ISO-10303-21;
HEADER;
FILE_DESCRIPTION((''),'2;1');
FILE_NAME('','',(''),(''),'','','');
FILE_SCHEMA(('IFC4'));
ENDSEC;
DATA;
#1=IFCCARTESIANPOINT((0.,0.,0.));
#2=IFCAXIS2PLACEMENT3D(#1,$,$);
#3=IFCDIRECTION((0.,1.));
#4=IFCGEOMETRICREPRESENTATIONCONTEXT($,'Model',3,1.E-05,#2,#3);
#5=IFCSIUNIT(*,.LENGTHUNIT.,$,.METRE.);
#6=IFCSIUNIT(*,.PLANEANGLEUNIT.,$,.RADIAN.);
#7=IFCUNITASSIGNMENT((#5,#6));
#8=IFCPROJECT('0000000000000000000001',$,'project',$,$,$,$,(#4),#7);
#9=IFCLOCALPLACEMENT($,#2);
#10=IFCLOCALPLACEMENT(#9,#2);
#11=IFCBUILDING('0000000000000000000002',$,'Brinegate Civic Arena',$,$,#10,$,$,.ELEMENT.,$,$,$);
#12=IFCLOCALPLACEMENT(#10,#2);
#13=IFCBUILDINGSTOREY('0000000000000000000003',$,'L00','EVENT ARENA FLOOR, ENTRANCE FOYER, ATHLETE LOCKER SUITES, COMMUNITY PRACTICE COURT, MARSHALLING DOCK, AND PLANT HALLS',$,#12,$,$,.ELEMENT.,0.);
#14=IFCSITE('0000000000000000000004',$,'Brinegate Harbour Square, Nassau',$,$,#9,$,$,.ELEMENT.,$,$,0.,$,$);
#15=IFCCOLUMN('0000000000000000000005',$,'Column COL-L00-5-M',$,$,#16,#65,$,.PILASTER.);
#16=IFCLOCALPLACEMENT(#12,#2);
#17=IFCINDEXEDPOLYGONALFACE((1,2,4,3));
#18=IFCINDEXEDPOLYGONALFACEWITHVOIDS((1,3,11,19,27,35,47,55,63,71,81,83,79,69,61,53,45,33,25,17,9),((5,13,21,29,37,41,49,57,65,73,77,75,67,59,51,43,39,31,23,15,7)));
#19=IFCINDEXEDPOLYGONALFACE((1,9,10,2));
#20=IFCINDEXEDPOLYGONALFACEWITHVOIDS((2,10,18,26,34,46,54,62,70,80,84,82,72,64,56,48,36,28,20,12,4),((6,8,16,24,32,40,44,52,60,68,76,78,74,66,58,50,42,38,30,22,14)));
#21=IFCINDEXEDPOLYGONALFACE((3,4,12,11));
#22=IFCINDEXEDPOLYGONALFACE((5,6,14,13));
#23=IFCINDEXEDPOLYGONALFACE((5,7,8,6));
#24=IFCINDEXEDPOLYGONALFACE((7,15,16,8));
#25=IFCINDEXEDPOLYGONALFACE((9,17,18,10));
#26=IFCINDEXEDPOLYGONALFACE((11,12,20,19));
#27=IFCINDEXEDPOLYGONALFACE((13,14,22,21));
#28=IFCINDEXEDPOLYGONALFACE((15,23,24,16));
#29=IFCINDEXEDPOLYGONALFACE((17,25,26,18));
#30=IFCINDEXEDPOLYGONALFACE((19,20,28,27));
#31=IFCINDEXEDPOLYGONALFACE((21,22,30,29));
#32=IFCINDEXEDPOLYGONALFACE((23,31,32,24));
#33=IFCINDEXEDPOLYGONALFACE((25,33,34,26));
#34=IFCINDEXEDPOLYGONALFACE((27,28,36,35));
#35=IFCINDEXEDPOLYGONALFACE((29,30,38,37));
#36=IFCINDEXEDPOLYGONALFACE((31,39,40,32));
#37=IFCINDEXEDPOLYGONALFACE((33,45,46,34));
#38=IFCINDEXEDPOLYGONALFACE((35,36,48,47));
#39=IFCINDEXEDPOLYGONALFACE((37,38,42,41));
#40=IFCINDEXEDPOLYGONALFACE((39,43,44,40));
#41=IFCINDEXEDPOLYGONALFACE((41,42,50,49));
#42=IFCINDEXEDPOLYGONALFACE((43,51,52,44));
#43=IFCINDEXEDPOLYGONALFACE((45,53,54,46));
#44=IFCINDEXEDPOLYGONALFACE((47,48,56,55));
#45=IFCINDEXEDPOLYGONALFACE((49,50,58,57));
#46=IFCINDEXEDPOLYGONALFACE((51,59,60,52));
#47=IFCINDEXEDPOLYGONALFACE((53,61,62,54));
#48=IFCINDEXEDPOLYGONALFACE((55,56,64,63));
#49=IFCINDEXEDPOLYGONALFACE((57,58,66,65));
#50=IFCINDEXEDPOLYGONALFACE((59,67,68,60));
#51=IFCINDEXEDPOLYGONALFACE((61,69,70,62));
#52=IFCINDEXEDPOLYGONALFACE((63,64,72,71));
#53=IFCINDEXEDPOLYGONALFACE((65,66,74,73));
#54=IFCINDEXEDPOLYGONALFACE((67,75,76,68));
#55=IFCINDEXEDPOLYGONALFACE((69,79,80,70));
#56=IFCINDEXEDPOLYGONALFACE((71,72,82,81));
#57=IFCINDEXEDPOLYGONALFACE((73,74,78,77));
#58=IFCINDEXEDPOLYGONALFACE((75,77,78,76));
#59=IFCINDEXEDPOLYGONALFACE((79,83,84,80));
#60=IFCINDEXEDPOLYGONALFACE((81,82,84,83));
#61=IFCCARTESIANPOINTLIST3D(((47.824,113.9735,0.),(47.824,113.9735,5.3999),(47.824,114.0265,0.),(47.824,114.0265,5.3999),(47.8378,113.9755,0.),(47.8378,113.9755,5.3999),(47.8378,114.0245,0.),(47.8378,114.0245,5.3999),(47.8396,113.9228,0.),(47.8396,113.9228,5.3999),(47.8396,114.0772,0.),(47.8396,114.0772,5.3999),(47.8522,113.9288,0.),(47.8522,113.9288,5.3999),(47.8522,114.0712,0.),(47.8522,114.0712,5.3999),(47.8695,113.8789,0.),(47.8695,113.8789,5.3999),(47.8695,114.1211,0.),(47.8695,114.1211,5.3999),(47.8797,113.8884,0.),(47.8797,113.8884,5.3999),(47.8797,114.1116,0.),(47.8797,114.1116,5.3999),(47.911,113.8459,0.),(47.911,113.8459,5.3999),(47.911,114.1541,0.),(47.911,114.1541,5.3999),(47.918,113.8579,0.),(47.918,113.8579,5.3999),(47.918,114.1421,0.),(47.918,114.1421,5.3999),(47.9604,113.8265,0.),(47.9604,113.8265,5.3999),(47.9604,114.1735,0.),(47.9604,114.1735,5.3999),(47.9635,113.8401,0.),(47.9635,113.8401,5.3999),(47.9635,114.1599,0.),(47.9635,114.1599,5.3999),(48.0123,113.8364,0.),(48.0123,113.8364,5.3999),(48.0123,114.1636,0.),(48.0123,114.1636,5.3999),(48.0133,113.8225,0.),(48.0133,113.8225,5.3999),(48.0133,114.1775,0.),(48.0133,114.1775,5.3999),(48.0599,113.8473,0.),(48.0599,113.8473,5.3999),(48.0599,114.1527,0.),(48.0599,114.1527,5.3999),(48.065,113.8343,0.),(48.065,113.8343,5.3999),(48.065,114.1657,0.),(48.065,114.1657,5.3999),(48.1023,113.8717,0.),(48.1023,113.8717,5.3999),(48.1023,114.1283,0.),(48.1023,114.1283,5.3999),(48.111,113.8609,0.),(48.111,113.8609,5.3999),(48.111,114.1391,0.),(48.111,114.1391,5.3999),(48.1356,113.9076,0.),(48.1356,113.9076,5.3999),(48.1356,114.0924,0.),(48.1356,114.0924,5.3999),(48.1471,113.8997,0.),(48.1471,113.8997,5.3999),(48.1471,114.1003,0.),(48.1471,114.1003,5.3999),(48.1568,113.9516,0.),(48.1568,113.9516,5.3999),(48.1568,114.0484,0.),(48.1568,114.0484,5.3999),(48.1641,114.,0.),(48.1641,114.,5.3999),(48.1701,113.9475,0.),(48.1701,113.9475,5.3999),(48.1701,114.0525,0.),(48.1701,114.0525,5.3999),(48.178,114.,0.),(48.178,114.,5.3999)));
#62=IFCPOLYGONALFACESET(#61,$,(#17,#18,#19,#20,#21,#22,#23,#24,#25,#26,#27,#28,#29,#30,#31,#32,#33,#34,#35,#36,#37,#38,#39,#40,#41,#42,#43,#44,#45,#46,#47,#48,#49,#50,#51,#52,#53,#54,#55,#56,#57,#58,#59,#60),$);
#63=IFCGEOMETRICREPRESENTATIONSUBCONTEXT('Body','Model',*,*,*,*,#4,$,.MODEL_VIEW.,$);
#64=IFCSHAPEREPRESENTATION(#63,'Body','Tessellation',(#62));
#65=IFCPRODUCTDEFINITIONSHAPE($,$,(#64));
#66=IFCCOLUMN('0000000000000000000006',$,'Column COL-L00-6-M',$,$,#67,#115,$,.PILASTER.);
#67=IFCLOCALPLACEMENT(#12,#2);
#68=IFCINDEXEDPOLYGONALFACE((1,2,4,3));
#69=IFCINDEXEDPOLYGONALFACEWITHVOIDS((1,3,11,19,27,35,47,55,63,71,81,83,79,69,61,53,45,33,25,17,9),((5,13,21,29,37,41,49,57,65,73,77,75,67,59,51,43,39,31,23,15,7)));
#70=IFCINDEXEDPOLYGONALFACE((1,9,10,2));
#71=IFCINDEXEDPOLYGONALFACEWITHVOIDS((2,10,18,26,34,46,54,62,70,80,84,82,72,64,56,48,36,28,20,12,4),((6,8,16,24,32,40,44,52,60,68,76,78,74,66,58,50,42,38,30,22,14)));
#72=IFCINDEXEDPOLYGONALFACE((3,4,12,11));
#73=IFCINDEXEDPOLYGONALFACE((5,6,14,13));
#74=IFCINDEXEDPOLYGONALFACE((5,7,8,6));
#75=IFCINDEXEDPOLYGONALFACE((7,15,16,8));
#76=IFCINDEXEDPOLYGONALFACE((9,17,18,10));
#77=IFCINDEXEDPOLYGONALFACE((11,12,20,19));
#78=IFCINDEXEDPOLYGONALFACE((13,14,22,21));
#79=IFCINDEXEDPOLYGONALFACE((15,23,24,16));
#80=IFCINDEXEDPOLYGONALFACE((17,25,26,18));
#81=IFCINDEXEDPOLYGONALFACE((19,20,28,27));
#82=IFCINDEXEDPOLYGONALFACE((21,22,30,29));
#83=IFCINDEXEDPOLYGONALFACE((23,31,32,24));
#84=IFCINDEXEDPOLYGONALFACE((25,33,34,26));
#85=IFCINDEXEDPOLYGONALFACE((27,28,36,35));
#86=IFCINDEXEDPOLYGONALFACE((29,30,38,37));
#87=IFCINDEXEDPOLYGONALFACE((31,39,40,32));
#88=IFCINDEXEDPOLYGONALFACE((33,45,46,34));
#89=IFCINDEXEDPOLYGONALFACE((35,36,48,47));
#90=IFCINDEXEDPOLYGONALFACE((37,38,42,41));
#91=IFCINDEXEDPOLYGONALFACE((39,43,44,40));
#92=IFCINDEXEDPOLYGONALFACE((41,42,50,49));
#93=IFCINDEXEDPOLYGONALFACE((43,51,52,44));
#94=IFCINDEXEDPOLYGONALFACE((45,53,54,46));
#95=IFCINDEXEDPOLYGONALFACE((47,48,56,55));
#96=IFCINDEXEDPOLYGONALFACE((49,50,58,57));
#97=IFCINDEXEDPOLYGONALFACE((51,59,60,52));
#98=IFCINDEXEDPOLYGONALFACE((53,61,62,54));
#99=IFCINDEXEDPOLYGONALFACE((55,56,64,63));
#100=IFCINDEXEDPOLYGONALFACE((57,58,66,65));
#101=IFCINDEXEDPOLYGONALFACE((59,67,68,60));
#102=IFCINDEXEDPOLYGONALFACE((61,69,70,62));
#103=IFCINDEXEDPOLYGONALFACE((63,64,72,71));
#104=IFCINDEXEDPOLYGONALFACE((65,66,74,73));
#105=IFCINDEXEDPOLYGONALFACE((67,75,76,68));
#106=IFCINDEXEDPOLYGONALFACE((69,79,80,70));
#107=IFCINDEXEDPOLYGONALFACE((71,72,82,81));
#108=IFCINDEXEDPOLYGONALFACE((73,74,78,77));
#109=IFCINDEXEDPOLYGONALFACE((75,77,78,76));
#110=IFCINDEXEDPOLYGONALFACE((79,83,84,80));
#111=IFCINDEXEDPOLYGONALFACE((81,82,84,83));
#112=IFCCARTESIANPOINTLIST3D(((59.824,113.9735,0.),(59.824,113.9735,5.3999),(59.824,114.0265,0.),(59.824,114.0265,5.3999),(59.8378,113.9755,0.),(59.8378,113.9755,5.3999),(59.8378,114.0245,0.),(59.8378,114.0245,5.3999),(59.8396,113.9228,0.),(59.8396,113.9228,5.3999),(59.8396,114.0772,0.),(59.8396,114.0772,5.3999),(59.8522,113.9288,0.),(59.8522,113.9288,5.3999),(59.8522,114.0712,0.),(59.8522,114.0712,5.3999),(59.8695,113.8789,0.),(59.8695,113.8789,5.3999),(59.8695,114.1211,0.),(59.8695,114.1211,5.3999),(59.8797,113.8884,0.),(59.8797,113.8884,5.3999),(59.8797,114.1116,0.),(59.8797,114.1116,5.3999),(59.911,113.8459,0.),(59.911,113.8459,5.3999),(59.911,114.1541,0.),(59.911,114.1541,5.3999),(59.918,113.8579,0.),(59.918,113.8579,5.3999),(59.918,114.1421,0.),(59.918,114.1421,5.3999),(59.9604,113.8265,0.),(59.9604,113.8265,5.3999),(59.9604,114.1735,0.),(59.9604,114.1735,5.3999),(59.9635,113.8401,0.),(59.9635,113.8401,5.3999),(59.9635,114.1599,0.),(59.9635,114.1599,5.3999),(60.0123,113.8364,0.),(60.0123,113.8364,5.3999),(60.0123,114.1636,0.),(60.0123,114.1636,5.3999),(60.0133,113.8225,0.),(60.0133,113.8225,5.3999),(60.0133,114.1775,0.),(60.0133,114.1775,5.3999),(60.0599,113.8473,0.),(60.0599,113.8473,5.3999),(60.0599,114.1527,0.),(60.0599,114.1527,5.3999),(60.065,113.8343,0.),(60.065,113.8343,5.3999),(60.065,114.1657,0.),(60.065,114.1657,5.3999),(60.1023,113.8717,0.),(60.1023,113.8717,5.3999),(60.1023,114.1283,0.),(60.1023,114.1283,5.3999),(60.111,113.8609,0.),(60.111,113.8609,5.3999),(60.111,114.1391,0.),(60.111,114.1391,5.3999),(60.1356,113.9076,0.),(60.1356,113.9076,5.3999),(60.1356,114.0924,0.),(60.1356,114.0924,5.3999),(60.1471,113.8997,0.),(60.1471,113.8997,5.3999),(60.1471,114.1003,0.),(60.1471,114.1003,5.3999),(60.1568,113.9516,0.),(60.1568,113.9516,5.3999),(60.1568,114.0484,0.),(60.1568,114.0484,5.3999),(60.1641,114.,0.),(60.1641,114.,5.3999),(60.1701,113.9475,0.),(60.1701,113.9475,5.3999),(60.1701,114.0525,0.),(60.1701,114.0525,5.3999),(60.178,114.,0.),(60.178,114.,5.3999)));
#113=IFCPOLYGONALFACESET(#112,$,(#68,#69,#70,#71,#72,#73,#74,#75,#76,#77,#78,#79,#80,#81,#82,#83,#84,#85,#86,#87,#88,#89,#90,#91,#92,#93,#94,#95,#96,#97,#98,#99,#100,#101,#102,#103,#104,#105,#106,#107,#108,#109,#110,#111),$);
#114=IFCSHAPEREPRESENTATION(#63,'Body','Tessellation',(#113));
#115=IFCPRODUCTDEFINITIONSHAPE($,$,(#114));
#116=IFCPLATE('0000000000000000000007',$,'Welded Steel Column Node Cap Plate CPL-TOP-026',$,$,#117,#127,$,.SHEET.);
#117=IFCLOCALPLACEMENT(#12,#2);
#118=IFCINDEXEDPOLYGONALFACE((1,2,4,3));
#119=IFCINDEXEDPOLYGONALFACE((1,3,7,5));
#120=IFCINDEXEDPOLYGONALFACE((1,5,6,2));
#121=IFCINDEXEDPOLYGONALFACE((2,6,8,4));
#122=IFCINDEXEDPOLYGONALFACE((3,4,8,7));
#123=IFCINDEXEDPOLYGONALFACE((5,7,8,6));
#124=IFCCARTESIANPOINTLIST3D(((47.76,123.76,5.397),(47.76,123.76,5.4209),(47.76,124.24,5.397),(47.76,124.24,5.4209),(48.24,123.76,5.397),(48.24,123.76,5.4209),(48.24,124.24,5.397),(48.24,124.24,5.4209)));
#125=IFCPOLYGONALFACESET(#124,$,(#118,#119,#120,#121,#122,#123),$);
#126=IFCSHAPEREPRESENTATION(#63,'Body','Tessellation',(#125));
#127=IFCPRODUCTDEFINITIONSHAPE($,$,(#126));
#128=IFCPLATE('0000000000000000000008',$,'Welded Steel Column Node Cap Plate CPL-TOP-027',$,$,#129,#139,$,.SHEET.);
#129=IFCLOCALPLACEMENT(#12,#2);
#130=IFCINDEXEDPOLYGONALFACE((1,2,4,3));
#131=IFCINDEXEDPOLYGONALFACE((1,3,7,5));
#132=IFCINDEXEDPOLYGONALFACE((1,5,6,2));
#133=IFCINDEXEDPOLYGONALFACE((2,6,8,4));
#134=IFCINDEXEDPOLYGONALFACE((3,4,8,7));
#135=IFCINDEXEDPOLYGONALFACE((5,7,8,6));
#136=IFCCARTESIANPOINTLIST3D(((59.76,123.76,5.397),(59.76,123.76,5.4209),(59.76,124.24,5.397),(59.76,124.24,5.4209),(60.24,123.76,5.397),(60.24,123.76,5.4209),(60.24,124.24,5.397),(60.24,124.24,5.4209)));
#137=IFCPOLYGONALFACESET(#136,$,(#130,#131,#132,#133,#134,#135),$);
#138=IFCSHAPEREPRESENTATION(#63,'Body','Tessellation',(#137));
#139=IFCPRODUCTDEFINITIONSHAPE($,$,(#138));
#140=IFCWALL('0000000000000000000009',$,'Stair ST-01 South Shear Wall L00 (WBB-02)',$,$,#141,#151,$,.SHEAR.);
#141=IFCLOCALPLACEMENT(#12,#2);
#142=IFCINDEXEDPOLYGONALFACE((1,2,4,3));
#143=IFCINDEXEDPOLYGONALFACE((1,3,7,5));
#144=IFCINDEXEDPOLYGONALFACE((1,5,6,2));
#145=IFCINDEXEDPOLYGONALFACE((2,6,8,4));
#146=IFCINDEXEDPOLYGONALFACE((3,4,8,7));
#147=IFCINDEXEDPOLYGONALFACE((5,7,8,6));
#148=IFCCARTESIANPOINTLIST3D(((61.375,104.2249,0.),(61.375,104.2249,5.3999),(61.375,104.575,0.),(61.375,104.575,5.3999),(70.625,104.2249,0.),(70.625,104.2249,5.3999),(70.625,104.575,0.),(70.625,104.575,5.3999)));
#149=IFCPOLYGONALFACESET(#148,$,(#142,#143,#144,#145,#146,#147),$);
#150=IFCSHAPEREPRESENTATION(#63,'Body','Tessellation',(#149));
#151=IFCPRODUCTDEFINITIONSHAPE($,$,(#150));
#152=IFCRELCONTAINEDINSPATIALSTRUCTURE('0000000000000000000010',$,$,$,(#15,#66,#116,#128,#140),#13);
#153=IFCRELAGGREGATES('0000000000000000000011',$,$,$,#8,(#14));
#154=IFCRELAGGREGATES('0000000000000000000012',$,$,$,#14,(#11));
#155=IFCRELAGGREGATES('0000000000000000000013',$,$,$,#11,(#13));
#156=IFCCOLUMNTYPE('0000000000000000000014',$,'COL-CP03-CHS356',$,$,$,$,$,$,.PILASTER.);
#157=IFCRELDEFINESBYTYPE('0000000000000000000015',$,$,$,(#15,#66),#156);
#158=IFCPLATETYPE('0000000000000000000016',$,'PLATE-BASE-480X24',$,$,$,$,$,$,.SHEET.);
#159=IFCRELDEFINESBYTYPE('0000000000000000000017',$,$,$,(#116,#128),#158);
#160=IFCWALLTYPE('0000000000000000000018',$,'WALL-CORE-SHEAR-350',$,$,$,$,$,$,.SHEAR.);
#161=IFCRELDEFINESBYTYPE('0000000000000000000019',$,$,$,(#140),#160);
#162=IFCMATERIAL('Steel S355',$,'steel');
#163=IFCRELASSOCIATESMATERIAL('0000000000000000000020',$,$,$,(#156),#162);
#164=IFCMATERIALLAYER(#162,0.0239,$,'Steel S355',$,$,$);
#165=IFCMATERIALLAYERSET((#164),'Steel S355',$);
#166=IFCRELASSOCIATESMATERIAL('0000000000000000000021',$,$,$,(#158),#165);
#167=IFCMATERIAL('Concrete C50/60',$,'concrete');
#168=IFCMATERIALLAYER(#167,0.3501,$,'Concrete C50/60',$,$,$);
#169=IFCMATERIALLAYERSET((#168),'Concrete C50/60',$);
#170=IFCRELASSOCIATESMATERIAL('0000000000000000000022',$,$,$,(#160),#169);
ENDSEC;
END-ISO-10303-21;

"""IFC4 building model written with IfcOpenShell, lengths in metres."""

from ifc_helpers import new_model, si_unit, direction, frame, frame_2d, origin, origin_2d, place, context, subcontext, project, spatial, rectangle, hollow_circle, extrude, material, layer, layer_set, material_profile, profile_set, type_object, element, save


model = new_model("IFC4")

# Units and contexts
model_context = context("Model", 3, precision=1e-05, world=origin(), true_north=direction((0.0, 1.0)))
body_context = subcontext(model_context, "Body", "Model", "MODEL_VIEW")
ifc_project = project(units=[si_unit("LENGTHUNIT", "METRE"), si_unit("PLANEANGLEUNIT", "RADIAN")], contexts=[model_context])

# Site, building, storey
site_placement = place(None, origin())
site = spatial("IfcSite", under=ifc_project, at=site_placement, Name="Brinegate Harbour Square, Nassau", CompositionType="ELEMENT", RefElevation=0.0)
building_placement = place(site_placement, origin())
building = spatial("IfcBuilding", under=site, at=building_placement, Name="Brinegate Civic Arena", CompositionType="ELEMENT")
storey_placement = place(building_placement, origin())
storey = spatial("IfcBuildingStorey", under=building, at=storey_placement, Name="L00", Description="EVENT ARENA FLOOR, ENTRANCE FOYER, ATHLETE LOCKER SUITES, COMMUNITY PRACTICE COURT, MARSHALLING DOCK, AND PLANT HALLS", CompositionType="ELEMENT", Elevation=0.0)

# Columns
ifc_material_1 = material(Name="Concrete C50/60", Category="concrete")
ifc_material_2 = material(Name="Steel S355", Category="steel")
ifc_material_profile_1 = material_profile(ifc_material_2, hollow_circle(Radius=0.178, WallThickness=0.0139, at=origin_2d()), Name="CHS356X14")
ifc_profile_set_1 = profile_set([ifc_material_profile_1], Name="Steel S355")
column_type_1 = type_object("IfcColumnType", Name="COL-CP03-CHS356", PredefinedType="PILASTER", material=ifc_profile_set_1)
for number, where, z_axis, x_axis, name in (
    (1, (48.0, 114.0, 0.0), (0.0, 0.0, 1.0), (1.0, 0.0, 0.0), "Column COL-L00-5-M"),
    (2, (60.0, 114.0, 0.0), (0.0, 0.0, 1.0), (1.0, 0.0, 0.0), "Column COL-L00-6-M"),
):
    element("IfcColumn", number, at=place(storey_placement, frame(where, z_axis=z_axis, x_axis=x_axis)), inside=storey, type_object=column_type_1, Name=name, PredefinedType="PILASTER", context=body_context, shape_type="SweptSolid", body=[
        extrude(hollow_circle(Radius=0.178, WallThickness=0.0139, at=origin_2d()), origin(), (0.0, 0.0, 1.0), 5.3999),
    ])

# Plates
ifc_layer_1 = layer(ifc_material_2, 0.0239, Name="Steel S355")
ifc_layer_set_1 = layer_set([ifc_layer_1], Name="Steel S355")
plate_type = type_object("IfcPlateType", Name="PLATE-BASE-480X24", PredefinedType="SHEET", material=ifc_layer_set_1)
for number, where, z_axis, x_axis, name in (
    (3, (48.0, 124.0, 5.397), (0.0, 0.0, 1.0), (1.0, 0.0, 0.0), "Welded Steel Column Node Cap Plate CPL-TOP-026"),
    (4, (60.0, 124.0, 5.397), (0.0, 0.0, 1.0), (1.0, 0.0, 0.0), "Welded Steel Column Node Cap Plate CPL-TOP-027"),
):
    element("IfcPlate", number, at=place(storey_placement, frame(where, z_axis=z_axis, x_axis=x_axis)), inside=storey, type_object=plate_type, Name=name, PredefinedType="SHEET", context=body_context, shape_type="SweptSolid", body=[
        extrude(rectangle(XDim=0.48, YDim=0.48, at=origin_2d()), origin(), (0.0, 0.0, 1.0), 0.0239),
    ])

# Wall
ifc_layer_2 = layer(ifc_material_1, 0.3501, Name="Concrete C50/60")
ifc_layer_set_2 = layer_set([ifc_layer_2], Name="Concrete C50/60")
wall_type = type_object("IfcWallType", Name="WALL-CORE-SHEAR-350", PredefinedType="SHEAR", material=ifc_layer_set_2)
wall_placement = place(storey_placement, frame((61.375, 104.3999, 0.0), z_axis=(0.0, 0.0, 1.0), x_axis=(1.0, 0.0, 0.0)))
element("IfcWall", 5, at=wall_placement, inside=storey, type_object=wall_type, Name="Stair ST-01 South Shear Wall L00 (WBB-02)", PredefinedType="SHEAR", context=body_context, shape_type="SweptSolid", body=[
    extrude(rectangle(XDim=9.25, YDim=0.3501, at=frame_2d((4.625, 0.0))), origin(), (0.0, 0.0, 1.0), 5.3999),
])

save(model, "model.ifc")
